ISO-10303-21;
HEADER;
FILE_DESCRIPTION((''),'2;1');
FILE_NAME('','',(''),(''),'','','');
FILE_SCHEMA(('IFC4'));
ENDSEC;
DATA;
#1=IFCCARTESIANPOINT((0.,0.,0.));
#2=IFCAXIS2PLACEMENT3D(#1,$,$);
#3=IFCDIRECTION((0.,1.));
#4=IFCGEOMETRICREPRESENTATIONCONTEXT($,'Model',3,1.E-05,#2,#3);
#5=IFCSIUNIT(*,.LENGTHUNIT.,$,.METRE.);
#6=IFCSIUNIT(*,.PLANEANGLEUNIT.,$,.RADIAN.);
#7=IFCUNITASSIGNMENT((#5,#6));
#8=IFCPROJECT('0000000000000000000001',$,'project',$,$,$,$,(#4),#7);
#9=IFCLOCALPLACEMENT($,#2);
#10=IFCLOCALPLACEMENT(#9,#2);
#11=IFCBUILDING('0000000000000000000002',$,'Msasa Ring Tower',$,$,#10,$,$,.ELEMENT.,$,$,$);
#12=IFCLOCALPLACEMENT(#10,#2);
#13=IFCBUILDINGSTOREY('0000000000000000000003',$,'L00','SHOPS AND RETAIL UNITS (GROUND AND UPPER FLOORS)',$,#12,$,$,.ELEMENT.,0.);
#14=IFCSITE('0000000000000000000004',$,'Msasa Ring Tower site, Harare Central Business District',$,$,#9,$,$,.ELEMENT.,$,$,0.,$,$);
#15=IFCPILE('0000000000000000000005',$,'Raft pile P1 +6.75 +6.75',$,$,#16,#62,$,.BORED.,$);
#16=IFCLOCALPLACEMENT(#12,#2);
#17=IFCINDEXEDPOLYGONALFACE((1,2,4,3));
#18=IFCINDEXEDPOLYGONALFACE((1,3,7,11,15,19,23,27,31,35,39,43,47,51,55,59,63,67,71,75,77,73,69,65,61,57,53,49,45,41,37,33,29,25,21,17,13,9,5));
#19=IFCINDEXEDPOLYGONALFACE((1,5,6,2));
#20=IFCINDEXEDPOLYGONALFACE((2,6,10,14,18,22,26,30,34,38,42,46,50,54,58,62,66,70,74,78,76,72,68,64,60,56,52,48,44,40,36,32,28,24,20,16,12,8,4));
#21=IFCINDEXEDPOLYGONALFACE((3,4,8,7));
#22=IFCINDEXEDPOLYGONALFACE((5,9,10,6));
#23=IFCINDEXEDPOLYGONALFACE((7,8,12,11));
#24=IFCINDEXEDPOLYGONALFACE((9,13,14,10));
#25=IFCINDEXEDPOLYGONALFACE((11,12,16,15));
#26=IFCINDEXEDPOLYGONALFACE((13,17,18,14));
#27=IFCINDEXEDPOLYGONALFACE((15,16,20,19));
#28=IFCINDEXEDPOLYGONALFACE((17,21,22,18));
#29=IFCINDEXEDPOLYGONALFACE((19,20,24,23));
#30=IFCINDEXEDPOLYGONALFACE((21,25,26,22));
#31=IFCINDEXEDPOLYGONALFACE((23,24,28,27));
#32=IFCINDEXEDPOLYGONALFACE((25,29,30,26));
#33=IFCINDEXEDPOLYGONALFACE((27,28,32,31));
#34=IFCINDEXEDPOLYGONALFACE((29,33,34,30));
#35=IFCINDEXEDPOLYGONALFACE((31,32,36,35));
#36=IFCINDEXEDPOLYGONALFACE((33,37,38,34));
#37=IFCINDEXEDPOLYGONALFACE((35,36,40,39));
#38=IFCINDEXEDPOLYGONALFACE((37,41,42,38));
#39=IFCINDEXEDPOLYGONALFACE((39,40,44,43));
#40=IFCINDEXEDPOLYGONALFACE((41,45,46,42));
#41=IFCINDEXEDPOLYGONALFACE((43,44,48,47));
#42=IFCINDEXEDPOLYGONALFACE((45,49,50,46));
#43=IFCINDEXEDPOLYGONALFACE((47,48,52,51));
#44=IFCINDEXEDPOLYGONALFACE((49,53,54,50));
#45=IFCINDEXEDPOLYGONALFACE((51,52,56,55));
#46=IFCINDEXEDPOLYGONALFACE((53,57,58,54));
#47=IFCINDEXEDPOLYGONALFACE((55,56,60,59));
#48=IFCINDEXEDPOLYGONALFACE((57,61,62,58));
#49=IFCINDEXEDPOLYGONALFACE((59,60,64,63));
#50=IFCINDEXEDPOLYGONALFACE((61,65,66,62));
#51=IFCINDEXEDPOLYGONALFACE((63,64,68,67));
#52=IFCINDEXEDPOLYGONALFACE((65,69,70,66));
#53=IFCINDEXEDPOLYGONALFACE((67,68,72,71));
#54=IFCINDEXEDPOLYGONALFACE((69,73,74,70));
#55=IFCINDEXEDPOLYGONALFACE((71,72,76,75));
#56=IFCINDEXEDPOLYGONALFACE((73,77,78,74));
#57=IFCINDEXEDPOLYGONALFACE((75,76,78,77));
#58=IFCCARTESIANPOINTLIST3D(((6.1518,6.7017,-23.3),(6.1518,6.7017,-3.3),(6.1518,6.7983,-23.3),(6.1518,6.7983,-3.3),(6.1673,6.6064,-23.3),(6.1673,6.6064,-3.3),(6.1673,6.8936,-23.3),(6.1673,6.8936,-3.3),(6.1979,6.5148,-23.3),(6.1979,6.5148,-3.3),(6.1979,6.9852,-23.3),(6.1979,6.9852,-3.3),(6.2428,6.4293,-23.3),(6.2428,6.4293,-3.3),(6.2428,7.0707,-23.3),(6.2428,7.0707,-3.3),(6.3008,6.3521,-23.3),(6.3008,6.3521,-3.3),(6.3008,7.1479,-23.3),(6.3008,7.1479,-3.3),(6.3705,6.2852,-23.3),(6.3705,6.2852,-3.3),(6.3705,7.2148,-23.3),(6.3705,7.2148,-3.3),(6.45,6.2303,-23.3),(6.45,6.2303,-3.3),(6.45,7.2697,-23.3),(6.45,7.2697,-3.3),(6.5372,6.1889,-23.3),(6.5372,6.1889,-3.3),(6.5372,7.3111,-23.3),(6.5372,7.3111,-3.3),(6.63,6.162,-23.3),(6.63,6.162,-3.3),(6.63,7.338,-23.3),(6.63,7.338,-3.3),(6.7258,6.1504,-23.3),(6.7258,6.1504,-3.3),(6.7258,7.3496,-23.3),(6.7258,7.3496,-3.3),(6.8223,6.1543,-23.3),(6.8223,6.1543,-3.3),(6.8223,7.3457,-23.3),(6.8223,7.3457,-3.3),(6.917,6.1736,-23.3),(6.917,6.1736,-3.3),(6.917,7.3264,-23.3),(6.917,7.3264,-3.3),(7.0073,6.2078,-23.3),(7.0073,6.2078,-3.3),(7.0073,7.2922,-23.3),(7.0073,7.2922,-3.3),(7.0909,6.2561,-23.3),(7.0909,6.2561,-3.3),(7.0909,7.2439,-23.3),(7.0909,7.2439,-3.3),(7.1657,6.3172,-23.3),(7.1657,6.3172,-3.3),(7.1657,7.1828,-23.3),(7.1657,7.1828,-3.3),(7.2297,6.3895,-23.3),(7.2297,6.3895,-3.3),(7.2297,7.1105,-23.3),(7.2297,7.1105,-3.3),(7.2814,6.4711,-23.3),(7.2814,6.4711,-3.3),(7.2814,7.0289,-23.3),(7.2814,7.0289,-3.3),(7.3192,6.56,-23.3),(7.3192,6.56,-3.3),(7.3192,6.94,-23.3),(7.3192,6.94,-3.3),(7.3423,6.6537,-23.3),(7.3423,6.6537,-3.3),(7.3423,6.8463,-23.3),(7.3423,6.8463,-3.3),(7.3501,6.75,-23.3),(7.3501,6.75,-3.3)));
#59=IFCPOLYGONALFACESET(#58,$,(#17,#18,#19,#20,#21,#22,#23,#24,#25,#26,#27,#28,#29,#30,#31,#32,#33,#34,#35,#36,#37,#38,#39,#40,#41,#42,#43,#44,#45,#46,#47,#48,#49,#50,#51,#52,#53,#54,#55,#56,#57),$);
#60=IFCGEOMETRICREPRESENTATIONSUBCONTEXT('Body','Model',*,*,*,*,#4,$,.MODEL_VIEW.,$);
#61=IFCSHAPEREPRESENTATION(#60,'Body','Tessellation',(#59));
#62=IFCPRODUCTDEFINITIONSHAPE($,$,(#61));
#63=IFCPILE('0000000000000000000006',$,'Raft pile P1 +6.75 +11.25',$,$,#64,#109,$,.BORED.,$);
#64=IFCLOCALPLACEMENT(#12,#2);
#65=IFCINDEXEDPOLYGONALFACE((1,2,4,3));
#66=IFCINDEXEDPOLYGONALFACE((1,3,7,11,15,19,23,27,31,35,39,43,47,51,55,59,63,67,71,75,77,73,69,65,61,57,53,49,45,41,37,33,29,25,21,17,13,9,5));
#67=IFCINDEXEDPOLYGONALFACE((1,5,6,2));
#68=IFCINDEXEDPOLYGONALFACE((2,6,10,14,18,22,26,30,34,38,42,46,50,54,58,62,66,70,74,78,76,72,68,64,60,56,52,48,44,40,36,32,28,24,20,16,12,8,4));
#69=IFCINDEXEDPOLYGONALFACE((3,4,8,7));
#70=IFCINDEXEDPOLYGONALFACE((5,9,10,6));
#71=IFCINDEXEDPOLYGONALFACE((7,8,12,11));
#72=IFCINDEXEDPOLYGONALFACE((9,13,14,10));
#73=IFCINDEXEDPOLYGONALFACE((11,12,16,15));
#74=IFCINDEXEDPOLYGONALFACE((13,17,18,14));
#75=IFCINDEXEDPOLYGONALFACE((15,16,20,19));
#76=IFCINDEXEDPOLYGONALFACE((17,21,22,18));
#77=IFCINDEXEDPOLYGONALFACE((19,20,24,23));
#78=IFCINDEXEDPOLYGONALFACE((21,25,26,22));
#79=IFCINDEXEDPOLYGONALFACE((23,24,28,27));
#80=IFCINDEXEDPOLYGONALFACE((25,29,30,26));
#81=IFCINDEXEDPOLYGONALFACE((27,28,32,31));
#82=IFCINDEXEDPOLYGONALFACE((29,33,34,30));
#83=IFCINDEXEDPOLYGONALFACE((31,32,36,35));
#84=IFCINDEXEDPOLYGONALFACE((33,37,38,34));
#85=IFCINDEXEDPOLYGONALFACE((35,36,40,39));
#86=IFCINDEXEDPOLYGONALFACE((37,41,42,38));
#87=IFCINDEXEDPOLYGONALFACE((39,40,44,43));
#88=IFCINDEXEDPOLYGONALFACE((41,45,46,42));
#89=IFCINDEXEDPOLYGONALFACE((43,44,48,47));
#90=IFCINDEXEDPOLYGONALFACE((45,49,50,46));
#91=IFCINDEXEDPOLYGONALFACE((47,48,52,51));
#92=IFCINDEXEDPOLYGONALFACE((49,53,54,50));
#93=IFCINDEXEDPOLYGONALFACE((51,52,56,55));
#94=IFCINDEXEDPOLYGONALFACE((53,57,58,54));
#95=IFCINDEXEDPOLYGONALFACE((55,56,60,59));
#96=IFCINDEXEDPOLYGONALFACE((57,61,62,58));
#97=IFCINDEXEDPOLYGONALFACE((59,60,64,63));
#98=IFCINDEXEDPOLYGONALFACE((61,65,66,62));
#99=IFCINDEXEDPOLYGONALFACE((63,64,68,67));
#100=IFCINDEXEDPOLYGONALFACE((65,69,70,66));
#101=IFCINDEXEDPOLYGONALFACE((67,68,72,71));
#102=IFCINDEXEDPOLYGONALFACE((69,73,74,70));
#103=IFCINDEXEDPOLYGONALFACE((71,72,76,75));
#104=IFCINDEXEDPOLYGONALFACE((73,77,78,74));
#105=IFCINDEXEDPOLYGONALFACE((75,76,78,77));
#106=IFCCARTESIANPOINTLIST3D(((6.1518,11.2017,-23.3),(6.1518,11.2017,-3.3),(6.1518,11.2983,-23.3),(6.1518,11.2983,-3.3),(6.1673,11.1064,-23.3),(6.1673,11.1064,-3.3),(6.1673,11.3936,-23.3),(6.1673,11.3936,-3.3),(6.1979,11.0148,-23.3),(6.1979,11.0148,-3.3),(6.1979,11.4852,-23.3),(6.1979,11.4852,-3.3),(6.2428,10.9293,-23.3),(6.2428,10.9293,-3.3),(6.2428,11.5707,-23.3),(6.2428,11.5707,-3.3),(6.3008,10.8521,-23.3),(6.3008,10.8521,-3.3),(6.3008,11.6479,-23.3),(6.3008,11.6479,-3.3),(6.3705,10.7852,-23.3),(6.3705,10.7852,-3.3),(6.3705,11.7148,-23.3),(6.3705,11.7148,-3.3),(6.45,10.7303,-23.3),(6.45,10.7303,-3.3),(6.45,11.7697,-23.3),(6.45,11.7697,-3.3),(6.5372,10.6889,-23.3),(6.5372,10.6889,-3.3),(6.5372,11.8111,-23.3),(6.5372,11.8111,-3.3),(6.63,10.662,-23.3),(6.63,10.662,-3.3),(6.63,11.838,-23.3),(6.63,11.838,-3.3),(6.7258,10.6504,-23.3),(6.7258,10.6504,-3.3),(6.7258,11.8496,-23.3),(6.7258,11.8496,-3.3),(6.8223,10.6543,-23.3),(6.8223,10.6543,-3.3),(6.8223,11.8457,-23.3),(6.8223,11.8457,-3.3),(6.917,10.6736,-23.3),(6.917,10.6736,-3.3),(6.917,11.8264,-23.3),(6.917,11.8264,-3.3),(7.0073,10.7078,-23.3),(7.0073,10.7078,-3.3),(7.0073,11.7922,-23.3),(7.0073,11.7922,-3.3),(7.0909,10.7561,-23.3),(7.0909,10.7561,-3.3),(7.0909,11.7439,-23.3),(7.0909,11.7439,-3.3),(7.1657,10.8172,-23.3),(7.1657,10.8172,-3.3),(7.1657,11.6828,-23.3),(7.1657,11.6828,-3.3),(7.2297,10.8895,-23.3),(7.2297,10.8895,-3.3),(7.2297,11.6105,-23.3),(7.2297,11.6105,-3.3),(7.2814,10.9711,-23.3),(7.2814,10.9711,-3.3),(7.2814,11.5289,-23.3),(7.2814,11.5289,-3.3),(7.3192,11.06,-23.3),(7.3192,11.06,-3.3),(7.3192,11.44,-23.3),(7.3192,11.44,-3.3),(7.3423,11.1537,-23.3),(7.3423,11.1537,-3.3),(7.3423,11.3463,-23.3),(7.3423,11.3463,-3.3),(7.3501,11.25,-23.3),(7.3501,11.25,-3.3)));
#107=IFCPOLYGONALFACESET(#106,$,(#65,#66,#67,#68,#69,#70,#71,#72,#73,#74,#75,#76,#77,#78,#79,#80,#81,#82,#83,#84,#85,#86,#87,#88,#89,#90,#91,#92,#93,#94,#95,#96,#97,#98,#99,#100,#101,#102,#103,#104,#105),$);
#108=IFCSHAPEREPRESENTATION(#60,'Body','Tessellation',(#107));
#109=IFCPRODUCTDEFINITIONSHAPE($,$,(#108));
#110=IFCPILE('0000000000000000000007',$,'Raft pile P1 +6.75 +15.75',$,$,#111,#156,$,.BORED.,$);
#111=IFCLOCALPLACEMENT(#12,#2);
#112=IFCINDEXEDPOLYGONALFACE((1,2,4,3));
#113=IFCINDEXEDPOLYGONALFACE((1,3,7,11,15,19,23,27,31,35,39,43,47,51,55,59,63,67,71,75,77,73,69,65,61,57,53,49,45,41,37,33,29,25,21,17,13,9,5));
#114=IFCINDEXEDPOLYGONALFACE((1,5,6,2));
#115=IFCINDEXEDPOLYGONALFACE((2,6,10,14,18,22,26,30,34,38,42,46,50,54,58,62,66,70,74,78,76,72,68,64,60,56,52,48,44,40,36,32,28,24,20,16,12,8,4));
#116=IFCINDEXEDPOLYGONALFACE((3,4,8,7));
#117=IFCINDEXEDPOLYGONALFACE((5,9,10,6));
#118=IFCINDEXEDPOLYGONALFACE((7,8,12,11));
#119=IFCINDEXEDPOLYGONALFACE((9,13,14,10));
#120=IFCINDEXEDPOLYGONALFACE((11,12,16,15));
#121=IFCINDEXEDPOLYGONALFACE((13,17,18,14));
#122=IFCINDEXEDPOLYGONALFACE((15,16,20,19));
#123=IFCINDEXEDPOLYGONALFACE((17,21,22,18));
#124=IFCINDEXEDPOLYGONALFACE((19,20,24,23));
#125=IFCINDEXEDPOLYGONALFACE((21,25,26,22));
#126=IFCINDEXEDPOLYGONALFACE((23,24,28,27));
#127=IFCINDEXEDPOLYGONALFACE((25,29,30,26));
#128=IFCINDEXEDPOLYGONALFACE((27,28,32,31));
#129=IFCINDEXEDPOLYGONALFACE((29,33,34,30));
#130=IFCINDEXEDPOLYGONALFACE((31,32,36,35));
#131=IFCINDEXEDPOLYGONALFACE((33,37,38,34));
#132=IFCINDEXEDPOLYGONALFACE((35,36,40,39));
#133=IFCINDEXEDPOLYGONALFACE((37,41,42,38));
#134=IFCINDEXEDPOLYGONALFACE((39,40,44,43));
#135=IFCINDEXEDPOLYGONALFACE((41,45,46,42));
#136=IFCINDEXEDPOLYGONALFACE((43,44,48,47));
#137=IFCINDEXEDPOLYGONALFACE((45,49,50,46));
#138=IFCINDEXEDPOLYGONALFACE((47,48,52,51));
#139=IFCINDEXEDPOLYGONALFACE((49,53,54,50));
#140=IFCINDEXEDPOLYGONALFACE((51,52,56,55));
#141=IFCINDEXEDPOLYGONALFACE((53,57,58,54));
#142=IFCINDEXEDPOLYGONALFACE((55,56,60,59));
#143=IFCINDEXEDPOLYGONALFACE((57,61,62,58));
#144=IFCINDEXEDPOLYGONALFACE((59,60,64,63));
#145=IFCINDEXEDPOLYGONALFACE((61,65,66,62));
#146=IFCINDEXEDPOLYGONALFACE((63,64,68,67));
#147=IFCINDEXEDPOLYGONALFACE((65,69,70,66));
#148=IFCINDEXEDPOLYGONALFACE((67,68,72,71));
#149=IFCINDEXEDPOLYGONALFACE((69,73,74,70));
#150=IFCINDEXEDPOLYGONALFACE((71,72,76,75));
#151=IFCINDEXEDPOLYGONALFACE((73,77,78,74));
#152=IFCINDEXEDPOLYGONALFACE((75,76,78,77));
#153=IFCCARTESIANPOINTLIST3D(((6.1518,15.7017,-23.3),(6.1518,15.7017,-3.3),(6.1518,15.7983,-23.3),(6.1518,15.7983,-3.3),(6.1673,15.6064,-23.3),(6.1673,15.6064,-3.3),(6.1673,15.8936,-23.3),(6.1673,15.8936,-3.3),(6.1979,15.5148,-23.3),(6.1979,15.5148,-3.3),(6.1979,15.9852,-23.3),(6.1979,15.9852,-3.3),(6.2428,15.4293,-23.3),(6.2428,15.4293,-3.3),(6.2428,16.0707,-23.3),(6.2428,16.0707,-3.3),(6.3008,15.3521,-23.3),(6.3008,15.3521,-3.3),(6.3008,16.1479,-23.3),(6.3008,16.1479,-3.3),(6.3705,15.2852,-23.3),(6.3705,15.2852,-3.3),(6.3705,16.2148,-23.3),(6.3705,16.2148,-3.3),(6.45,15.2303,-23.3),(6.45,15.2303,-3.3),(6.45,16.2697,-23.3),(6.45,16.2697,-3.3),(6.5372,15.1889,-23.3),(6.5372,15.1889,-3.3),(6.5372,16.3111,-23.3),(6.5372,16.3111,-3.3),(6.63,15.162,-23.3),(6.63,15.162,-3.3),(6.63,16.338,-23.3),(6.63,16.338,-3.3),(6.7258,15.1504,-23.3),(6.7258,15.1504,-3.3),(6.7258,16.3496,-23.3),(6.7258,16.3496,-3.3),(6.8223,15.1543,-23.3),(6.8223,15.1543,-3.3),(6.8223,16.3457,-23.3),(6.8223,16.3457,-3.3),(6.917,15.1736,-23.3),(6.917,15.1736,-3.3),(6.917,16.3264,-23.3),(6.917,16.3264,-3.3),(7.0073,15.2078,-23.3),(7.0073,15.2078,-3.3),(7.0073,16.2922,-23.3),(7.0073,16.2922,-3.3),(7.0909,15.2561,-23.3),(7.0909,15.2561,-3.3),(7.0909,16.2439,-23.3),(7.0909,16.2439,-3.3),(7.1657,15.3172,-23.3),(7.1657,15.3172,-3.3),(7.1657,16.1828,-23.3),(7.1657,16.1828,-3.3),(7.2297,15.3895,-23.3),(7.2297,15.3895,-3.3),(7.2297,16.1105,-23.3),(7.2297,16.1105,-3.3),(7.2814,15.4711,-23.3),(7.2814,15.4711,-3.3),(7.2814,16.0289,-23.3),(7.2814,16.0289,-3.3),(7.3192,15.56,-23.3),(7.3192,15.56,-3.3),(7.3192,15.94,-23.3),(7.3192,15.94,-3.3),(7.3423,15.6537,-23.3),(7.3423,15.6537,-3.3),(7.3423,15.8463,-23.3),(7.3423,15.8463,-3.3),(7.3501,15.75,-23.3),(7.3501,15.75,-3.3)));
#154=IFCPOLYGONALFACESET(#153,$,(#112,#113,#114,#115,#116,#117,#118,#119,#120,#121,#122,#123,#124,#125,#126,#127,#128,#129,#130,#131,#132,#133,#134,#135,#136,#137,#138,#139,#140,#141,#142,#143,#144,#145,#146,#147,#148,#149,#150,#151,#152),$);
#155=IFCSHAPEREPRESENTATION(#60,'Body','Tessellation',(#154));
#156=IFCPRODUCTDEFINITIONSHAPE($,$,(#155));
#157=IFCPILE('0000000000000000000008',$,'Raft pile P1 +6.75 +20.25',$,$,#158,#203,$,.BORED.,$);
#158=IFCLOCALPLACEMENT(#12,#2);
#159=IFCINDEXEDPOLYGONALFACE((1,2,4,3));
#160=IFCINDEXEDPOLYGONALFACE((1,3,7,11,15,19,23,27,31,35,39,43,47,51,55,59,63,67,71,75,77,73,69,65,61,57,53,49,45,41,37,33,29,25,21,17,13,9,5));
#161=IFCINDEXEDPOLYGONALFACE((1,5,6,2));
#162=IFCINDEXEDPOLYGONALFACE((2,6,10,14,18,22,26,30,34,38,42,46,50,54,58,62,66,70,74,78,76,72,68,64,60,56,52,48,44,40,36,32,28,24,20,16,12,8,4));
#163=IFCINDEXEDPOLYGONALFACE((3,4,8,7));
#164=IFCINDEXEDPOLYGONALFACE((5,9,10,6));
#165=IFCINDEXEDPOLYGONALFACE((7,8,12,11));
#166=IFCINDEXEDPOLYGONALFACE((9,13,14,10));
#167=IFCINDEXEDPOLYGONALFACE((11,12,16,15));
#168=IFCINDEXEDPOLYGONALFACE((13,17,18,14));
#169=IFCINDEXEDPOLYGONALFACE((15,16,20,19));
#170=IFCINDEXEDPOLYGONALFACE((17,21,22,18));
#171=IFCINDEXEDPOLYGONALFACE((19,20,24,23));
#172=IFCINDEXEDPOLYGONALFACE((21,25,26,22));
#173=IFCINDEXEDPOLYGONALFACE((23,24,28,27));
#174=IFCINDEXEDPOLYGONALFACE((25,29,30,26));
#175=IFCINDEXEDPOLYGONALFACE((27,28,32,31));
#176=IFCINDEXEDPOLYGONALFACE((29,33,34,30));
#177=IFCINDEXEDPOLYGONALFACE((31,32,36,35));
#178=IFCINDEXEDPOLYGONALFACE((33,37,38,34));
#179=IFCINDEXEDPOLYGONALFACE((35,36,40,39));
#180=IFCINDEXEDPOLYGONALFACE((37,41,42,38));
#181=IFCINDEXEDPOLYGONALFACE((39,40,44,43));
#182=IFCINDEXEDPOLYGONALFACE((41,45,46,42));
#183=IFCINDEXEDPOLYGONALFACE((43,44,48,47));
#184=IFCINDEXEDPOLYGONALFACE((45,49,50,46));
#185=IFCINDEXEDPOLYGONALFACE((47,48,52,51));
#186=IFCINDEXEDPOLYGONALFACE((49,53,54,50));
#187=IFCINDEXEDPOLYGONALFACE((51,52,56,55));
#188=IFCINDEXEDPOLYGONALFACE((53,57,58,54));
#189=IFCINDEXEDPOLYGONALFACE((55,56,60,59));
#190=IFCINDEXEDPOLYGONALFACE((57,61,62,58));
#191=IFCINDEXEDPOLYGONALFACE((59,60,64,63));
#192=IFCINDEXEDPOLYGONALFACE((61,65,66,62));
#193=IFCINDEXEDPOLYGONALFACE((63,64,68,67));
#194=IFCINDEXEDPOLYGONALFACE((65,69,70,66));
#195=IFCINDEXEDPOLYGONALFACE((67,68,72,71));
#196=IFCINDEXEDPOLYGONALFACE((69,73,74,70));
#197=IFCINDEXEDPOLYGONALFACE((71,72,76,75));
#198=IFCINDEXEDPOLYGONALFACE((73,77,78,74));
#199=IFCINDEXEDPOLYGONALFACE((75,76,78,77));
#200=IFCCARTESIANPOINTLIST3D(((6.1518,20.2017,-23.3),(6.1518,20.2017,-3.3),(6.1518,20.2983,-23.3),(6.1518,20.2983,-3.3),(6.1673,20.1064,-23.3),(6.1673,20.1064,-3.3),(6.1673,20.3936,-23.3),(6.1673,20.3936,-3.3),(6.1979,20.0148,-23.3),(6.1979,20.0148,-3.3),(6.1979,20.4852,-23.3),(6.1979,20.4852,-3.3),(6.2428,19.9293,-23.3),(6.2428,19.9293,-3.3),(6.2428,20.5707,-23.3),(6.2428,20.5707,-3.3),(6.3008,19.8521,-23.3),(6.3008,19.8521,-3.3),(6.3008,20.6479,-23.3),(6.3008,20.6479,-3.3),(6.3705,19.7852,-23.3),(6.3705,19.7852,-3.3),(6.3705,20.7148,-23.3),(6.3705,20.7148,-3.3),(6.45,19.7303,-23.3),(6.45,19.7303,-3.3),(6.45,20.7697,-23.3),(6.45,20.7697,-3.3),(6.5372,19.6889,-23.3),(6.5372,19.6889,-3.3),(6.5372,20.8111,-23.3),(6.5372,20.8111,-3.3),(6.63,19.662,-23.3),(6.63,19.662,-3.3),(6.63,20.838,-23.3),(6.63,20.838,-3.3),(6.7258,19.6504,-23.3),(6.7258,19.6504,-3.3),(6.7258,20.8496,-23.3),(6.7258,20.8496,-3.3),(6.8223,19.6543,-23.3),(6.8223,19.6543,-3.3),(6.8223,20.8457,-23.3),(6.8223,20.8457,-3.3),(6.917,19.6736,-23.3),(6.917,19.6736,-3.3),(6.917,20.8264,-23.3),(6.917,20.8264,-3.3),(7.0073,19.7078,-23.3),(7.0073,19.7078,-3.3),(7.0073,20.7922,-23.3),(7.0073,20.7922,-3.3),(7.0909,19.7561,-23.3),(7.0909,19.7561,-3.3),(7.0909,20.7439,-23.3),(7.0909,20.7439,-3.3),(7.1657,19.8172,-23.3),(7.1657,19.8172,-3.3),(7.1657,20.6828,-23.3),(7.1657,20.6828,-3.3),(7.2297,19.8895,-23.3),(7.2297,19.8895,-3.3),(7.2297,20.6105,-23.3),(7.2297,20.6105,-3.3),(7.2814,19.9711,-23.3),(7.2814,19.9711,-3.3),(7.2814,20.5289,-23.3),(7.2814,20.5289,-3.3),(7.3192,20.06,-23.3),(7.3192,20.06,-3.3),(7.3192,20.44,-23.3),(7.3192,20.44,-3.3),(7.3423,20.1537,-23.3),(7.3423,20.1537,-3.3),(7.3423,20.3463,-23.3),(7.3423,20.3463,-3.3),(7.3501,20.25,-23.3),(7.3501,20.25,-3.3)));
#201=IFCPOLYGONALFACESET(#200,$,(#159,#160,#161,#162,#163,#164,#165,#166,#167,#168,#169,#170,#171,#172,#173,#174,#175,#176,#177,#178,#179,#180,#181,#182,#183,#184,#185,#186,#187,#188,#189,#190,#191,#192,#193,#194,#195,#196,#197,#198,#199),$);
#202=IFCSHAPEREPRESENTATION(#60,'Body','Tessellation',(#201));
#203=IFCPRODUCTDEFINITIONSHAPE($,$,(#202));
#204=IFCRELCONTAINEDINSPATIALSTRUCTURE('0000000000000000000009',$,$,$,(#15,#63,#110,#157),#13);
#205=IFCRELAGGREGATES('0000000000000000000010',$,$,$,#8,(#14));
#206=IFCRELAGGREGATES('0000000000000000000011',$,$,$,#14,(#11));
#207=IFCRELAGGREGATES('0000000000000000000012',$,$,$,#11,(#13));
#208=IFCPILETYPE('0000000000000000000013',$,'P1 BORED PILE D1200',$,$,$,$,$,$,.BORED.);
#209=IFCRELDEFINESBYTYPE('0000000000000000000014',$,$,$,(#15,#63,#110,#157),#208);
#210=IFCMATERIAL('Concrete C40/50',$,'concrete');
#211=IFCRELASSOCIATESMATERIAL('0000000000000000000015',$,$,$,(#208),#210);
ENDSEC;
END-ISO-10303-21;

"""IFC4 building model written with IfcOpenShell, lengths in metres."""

from ifc_helpers import new_model, si_unit, direction, frame, origin, origin_2d, place, context, subcontext, project, spatial, circle, extrude, material, material_profile, profile_set, type_object, element, save


model = new_model("IFC4")

# Units and contexts
model_context = context("Model", 3, precision=1e-05, world=origin(), true_north=direction((0.0, 1.0)))
body_context = subcontext(model_context, "Body", "Model", "MODEL_VIEW")
ifc_project = project(units=[si_unit("LENGTHUNIT", "METRE"), si_unit("PLANEANGLEUNIT", "RADIAN")], contexts=[model_context])

# Site, building, storey
site_placement = place(None, origin())
site = spatial("IfcSite", under=ifc_project, at=site_placement, Name="Msasa Ring Tower site, Harare Central Business District", CompositionType="ELEMENT", RefElevation=0.0)
building_placement = place(site_placement, origin())
building = spatial("IfcBuilding", under=site, at=building_placement, Name="Msasa Ring Tower", CompositionType="ELEMENT")
storey_placement = place(building_placement, origin())
storey = spatial("IfcBuildingStorey", under=building, at=storey_placement, Name="L00", Description="SHOPS AND RETAIL UNITS (GROUND AND UPPER FLOORS)", CompositionType="ELEMENT", Elevation=0.0)

# Piles
ifc_material_1 = material(Name="Concrete C40/50", Category="concrete")
ifc_material_profile_1 = material_profile(ifc_material_1, circle(Radius=0.6001, at=origin_2d()), Name="D1200")
ifc_profile_set_1 = profile_set([ifc_material_profile_1], Name="Concrete C40/50")
pile_type = type_object("IfcPileType", Name="P1 BORED PILE D1200", PredefinedType="BORED", material=ifc_profile_set_1)
for number, where, z_axis, x_axis, name in (
    (1, (6.75, 6.75, -3.3), (0.0, 0.0, -1.0), (1.0, 0.0, 0.0), "Raft pile P1 +6.75 +6.75"),
    (2, (6.75, 11.25, -3.3), (0.0, 0.0, -1.0), (1.0, 0.0, 0.0), "Raft pile P1 +6.75 +11.25"),
    (3, (6.75, 15.75, -3.3), (0.0, 0.0, -1.0), (1.0, 0.0, 0.0), "Raft pile P1 +6.75 +15.75"),
    (4, (6.75, 20.25, -3.3), (0.0, 0.0, -1.0), (1.0, 0.0, 0.0), "Raft pile P1 +6.75 +20.25"),
):
    element("IfcPile", number, at=place(storey_placement, frame(where, z_axis=z_axis, x_axis=x_axis)), inside=storey, type_object=pile_type, Name=name, PredefinedType="BORED", context=body_context, shape_type="SweptSolid", body=[
        extrude(circle(Radius=0.6001, at=origin_2d()), origin(), (0.0, 0.0, 1.0), 20.0),
    ])

save(model, "model.ifc")
